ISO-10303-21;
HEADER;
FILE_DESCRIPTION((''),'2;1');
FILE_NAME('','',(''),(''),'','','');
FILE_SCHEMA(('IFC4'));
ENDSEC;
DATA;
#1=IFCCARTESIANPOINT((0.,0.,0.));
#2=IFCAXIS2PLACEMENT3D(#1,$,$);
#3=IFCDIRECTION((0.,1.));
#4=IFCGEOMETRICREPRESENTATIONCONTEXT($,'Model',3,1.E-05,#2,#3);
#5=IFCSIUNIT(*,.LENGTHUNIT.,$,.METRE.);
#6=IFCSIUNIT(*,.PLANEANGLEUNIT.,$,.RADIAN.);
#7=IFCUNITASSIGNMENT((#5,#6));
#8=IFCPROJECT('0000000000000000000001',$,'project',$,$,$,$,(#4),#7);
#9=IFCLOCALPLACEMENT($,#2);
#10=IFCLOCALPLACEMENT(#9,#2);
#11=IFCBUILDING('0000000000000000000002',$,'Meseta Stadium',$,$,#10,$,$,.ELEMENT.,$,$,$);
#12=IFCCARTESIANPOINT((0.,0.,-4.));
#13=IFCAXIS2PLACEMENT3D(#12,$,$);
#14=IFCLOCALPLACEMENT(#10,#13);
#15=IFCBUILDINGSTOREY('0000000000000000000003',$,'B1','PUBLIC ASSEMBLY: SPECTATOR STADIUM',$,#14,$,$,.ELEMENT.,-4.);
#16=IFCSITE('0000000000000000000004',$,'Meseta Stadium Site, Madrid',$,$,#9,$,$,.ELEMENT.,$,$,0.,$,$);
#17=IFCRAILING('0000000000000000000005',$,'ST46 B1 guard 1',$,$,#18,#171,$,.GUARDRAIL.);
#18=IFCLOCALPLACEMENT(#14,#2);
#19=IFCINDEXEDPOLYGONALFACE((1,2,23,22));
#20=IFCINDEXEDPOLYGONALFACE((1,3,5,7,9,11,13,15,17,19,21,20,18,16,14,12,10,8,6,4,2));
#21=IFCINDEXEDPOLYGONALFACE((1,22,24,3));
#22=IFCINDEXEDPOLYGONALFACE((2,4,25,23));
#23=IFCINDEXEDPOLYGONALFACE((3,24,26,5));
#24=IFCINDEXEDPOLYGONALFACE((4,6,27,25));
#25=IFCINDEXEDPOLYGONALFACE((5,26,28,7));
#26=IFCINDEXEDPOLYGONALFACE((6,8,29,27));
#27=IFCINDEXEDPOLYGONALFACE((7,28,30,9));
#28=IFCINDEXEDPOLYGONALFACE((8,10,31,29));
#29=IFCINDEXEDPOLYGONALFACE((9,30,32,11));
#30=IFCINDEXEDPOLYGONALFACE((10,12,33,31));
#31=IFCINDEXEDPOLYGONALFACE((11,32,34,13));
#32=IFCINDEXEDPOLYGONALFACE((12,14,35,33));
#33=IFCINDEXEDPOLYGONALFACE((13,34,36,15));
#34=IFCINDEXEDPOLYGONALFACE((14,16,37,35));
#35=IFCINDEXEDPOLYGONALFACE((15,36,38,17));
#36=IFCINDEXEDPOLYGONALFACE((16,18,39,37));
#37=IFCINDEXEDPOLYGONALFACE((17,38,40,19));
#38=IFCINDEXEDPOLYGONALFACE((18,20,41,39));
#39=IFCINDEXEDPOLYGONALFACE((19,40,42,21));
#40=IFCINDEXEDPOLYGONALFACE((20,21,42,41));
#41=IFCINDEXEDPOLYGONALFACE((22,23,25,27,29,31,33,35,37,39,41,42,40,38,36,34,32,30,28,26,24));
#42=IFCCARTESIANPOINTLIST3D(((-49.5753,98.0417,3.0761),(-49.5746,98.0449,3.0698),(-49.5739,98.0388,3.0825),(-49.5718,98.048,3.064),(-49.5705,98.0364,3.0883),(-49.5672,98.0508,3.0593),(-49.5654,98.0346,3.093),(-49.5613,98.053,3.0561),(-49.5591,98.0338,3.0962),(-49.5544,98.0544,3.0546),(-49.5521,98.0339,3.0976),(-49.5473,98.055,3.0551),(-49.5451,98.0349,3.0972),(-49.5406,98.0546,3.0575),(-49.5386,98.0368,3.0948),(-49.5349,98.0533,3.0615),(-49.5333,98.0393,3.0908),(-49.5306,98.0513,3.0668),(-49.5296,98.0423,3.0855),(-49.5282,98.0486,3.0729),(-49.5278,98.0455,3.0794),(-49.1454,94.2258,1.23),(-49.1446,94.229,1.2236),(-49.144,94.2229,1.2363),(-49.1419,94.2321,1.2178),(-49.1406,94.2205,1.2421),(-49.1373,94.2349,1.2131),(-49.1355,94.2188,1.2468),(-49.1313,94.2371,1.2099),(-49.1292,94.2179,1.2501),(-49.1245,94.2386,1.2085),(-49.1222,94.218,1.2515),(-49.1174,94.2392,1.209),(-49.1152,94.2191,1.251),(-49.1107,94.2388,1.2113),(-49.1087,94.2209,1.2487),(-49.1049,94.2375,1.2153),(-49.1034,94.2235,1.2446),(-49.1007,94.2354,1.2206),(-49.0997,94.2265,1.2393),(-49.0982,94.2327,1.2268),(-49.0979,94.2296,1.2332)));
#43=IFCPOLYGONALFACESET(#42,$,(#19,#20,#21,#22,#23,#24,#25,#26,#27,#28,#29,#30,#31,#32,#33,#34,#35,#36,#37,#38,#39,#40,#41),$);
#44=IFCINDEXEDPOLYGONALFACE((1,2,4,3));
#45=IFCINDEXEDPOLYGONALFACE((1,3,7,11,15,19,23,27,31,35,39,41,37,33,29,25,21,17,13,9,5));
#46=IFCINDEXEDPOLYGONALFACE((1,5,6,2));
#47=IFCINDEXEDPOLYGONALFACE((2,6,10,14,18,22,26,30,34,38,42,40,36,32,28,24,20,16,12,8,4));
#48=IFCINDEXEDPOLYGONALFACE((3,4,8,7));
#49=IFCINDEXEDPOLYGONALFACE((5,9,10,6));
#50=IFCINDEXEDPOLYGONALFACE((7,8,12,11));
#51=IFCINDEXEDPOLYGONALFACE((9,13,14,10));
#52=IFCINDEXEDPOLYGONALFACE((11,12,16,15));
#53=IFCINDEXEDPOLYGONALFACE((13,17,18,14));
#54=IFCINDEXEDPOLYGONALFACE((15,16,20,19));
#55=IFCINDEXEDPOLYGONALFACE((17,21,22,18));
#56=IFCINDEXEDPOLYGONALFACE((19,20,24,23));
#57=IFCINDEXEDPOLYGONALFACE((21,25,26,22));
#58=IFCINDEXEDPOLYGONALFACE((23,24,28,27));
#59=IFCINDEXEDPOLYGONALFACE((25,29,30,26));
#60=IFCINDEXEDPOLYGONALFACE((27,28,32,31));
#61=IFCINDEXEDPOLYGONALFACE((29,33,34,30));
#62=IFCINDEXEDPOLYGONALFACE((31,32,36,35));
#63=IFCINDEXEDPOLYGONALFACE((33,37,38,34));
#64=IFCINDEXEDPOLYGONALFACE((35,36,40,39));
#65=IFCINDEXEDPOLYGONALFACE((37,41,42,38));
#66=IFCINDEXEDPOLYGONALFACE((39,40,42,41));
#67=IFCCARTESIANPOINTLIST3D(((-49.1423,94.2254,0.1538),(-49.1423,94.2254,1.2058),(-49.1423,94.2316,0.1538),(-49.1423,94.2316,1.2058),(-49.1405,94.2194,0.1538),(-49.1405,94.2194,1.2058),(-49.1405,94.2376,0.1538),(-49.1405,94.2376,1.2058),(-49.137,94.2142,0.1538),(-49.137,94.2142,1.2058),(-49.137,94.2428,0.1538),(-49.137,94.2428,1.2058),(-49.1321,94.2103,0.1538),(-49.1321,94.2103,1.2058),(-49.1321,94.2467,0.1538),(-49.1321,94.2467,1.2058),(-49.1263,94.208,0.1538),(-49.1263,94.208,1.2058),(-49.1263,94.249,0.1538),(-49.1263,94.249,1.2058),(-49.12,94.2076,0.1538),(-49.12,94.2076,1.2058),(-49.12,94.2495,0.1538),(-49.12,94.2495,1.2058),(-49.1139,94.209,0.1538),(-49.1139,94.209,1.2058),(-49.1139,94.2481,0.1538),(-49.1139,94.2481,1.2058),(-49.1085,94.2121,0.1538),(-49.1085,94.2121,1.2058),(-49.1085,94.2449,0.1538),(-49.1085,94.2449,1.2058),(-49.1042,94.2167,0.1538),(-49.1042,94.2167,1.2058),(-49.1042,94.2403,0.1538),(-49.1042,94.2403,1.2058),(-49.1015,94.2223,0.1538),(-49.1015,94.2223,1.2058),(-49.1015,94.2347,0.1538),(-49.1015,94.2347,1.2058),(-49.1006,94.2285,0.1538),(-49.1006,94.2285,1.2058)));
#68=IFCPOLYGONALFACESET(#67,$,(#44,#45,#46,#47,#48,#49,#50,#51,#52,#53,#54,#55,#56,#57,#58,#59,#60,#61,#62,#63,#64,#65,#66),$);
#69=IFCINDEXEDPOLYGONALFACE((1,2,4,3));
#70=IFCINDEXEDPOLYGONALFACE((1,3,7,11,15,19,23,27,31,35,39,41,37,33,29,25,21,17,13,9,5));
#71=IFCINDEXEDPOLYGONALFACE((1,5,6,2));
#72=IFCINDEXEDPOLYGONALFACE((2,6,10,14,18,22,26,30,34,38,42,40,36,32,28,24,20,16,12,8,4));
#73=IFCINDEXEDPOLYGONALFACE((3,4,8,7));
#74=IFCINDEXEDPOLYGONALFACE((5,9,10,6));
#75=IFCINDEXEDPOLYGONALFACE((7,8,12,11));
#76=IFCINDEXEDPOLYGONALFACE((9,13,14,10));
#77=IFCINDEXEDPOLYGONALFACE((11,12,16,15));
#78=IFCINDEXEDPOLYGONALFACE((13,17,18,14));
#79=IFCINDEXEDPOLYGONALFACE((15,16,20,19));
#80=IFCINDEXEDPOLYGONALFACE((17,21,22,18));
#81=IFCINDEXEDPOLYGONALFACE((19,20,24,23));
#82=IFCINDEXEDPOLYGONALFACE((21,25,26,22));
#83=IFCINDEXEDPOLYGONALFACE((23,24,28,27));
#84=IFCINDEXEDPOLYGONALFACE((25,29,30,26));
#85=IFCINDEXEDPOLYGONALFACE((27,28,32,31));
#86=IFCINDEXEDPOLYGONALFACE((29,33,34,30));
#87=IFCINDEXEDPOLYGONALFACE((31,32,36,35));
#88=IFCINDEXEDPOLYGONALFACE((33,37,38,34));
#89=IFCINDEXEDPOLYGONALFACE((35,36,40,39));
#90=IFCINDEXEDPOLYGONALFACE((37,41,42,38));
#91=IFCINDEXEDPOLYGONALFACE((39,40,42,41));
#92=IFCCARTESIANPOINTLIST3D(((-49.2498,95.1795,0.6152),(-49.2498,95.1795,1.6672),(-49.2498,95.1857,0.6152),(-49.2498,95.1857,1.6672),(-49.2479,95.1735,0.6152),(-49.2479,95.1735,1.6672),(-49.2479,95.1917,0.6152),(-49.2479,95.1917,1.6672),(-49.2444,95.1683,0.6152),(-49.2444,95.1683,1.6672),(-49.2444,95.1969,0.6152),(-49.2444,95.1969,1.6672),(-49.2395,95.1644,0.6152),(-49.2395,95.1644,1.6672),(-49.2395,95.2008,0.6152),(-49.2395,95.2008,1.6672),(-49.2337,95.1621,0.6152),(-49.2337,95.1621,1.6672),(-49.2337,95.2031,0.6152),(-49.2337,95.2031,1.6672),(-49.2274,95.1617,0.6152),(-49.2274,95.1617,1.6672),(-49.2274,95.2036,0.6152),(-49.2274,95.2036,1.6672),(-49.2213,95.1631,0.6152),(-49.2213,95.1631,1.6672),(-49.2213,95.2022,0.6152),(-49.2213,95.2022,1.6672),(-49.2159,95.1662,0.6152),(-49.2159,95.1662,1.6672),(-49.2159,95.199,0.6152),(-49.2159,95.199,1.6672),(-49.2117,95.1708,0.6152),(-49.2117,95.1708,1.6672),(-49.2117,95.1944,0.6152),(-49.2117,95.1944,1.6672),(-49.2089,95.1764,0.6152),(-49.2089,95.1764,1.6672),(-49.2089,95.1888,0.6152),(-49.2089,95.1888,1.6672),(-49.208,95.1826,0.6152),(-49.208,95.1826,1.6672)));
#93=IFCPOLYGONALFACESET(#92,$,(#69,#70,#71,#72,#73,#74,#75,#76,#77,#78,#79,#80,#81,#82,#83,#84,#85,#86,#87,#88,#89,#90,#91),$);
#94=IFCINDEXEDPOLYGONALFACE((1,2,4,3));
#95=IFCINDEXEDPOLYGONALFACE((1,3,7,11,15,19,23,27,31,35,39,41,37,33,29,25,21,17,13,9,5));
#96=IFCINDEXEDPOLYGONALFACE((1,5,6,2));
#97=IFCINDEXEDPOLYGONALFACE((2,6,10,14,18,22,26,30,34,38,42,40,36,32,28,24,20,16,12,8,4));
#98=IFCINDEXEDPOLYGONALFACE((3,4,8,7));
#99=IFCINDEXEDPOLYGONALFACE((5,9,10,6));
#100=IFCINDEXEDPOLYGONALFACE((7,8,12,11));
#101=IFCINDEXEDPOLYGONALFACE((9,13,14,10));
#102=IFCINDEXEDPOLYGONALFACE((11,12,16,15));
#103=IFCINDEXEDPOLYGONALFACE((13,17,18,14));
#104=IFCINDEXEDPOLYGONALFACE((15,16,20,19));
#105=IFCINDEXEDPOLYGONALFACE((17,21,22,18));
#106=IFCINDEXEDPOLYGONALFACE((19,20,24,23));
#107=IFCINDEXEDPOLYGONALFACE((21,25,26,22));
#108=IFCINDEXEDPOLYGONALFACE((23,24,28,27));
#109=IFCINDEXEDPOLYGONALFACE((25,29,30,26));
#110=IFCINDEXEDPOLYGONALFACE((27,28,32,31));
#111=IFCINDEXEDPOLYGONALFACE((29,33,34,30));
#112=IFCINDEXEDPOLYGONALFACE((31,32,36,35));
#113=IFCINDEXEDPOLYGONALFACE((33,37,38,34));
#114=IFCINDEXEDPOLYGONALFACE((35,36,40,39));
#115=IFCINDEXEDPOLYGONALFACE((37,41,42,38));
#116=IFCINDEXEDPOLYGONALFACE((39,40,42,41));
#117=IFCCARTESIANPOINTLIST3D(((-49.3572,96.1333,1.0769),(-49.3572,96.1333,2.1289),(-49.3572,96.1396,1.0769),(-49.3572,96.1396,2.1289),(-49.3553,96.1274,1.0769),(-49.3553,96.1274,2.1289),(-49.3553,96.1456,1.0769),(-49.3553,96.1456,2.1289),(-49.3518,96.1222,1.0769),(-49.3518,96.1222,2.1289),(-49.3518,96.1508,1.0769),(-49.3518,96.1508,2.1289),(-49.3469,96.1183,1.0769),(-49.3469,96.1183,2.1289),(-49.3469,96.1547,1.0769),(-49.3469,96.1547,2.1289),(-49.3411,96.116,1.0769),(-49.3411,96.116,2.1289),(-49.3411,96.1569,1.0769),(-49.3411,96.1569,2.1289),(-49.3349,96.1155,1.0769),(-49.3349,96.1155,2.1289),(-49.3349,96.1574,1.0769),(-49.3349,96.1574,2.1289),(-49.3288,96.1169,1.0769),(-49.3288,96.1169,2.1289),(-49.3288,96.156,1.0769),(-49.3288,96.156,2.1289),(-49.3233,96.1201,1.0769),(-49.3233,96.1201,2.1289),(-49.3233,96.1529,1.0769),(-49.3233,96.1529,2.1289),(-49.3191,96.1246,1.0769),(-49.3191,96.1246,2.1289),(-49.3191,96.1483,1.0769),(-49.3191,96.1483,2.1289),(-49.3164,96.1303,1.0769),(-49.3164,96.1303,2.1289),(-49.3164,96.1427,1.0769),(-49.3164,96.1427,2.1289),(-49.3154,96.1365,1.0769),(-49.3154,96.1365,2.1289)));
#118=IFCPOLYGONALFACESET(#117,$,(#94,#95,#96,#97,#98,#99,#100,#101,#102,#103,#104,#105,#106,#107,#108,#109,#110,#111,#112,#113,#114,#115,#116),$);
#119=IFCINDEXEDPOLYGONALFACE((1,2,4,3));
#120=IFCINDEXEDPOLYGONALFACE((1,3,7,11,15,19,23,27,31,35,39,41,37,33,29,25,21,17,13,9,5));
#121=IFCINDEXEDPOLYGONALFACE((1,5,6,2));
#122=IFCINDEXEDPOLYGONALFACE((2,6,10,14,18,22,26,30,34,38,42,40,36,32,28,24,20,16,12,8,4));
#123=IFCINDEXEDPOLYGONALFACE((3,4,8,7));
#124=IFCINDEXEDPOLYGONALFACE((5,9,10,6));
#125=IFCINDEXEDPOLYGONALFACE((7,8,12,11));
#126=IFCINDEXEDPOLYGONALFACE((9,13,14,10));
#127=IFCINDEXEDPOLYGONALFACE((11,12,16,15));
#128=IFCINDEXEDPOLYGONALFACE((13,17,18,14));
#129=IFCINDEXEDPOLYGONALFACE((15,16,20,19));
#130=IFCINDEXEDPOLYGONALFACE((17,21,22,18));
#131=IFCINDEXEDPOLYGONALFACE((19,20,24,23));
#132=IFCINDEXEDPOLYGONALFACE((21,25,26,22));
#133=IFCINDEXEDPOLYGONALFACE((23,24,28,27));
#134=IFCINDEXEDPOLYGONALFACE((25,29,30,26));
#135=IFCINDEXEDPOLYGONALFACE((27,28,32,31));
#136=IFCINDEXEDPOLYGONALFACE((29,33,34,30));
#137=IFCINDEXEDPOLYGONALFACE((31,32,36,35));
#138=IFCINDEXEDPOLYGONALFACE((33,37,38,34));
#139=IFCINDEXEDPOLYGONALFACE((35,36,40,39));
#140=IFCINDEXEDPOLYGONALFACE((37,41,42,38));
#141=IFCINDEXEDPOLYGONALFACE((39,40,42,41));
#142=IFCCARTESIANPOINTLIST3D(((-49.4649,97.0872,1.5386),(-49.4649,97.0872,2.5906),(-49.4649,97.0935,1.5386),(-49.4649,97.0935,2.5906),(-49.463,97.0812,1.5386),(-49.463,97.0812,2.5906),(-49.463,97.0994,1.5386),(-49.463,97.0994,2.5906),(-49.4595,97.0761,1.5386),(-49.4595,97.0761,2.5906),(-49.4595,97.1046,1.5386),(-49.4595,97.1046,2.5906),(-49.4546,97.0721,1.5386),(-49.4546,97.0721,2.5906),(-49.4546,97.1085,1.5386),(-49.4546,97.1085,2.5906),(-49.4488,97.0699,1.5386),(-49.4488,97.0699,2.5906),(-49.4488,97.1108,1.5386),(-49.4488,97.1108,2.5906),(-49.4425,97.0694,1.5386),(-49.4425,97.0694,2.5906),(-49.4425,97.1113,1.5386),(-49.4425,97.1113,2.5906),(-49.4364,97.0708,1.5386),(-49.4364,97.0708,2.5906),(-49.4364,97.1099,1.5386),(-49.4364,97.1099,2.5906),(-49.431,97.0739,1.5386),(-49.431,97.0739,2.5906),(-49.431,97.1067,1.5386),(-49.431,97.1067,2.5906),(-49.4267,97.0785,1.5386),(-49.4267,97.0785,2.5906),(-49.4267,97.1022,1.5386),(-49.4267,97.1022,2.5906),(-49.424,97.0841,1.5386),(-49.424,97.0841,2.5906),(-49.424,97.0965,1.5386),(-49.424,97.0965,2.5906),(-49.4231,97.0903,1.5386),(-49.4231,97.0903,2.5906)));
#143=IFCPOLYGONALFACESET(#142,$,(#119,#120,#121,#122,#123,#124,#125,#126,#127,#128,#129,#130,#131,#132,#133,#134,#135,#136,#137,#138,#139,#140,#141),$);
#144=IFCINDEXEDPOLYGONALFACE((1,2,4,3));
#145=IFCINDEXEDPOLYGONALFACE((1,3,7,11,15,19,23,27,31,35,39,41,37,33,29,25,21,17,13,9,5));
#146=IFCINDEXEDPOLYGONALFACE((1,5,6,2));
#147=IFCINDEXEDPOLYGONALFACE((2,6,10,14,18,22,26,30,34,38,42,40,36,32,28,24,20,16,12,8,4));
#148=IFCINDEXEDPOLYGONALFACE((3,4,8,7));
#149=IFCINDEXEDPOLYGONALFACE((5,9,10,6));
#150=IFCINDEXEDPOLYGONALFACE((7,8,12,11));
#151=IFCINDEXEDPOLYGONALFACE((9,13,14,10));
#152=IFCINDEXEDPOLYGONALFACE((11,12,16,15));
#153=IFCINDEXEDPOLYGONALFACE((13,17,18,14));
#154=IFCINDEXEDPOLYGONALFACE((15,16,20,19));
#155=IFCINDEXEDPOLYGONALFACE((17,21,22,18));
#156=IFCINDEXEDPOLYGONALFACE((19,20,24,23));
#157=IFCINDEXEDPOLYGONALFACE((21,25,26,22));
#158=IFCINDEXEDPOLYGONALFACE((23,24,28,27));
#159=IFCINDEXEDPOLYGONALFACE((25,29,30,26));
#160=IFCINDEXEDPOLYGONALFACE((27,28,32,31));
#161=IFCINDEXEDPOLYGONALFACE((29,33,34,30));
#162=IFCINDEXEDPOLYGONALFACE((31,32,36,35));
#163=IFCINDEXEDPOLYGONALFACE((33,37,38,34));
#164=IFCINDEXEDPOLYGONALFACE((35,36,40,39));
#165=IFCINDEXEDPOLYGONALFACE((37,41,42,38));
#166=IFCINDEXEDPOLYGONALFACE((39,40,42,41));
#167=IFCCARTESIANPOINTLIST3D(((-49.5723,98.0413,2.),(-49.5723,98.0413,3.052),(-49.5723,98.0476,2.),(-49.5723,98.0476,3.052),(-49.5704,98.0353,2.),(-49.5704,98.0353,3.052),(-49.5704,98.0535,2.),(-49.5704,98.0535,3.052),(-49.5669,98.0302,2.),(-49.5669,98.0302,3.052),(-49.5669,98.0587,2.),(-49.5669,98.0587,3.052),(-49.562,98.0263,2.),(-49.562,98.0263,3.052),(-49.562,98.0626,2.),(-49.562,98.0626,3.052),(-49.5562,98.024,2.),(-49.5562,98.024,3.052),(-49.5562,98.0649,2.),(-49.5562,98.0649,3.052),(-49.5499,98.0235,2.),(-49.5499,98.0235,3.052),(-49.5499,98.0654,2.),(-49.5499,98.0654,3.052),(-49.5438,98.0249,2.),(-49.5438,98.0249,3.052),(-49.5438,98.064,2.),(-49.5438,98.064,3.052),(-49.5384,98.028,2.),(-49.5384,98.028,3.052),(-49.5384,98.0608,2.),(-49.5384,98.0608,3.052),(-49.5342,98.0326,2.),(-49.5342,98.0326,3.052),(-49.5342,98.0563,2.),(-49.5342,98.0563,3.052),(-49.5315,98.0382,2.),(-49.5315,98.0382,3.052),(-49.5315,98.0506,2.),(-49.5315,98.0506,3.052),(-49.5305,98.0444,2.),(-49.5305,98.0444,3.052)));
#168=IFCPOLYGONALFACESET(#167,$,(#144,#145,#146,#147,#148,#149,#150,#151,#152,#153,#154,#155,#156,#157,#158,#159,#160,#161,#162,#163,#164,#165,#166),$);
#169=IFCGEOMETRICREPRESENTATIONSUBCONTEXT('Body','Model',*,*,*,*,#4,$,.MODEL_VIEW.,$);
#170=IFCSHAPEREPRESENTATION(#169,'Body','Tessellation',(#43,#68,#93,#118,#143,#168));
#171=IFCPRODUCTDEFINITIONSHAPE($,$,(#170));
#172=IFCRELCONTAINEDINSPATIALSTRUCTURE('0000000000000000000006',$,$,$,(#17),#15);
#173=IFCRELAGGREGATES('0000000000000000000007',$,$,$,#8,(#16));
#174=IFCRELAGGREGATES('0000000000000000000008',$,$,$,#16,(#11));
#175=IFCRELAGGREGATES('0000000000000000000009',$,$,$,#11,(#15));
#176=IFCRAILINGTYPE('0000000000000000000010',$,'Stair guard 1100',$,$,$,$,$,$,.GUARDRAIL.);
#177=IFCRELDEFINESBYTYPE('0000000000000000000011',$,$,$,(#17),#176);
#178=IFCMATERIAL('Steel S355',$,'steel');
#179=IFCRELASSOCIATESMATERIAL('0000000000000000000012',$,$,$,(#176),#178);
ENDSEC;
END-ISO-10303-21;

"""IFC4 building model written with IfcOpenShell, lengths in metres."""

from ifc_helpers import new_model, si_unit, direction, frame, origin, origin_2d, place, context, subcontext, project, spatial, circle, extrude, material, type_object, element, save


model = new_model("IFC4")

# Units and contexts
model_context = context("Model", 3, precision=1e-05, world=origin(), true_north=direction((0.0, 1.0)))
body_context = subcontext(model_context, "Body", "Model", "MODEL_VIEW")
ifc_project = project(units=[si_unit("LENGTHUNIT", "METRE"), si_unit("PLANEANGLEUNIT", "RADIAN")], contexts=[model_context])

# Site, building, storey
site_placement = place(None, origin())
site = spatial("IfcSite", under=ifc_project, at=site_placement, Name="Meseta Stadium Site, Madrid", CompositionType="ELEMENT", RefElevation=0.0)
building_placement = place(site_placement, origin())
building = spatial("IfcBuilding", under=site, at=building_placement, Name="Meseta Stadium", CompositionType="ELEMENT")
storey_placement = place(building_placement, frame((0.0, 0.0, -4.0)))
storey = spatial("IfcBuildingStorey", under=building, at=storey_placement, Name="B1", Description="PUBLIC ASSEMBLY: SPECTATOR STADIUM", CompositionType="ELEMENT", Elevation=-4.0)

# Railing
ifc_material_1 = material(Name="Steel S355", Category="steel")
railing_type_1 = type_object("IfcRailingType", Name="Stair guard 1100", PredefinedType="GUARDRAIL", material=ifc_material_1)
railing_1_placement = place(storey_placement, frame((-49.1216, 94.2285, 0.1538)))
element("IfcRailing", 1, at=railing_1_placement, inside=storey, type_object=railing_type_1, Name="ST46 B1 guard 1", PredefinedType="GUARDRAIL", context=body_context, shape_type="SweptSolid", body=[
    extrude(circle(Radius=0.0239, at=origin_2d()), frame((0.0, 0.0, 1.0762), z_axis=(-0.100904, 0.895585, 0.433296), x_axis=(-0.993713, -0.11196, 0.0)), (0.0, 0.0, 1.0), 4.2607),
    extrude(circle(Radius=0.021, at=origin_2d()), origin(), (0.0, 0.0, 1.0), 1.052),
    extrude(circle(Radius=0.021, at=origin_2d()), frame((-0.1074, 0.9541, 0.4614)), (0.0, 0.0, 1.0), 1.052),
    extrude(circle(Radius=0.021, at=origin_2d()), frame((-0.2148, 1.908, 0.9231)), (0.0, 0.0, 1.0), 1.052),
    extrude(circle(Radius=0.021, at=origin_2d()), frame((-0.3225, 2.8618, 1.3848)), (0.0, 0.0, 1.0), 1.052),
    extrude(circle(Radius=0.021, at=origin_2d()), frame((-0.4299, 3.8159, 1.8462)), (0.0, 0.0, 1.0), 1.052),
])

save(model, "model.ifc")
